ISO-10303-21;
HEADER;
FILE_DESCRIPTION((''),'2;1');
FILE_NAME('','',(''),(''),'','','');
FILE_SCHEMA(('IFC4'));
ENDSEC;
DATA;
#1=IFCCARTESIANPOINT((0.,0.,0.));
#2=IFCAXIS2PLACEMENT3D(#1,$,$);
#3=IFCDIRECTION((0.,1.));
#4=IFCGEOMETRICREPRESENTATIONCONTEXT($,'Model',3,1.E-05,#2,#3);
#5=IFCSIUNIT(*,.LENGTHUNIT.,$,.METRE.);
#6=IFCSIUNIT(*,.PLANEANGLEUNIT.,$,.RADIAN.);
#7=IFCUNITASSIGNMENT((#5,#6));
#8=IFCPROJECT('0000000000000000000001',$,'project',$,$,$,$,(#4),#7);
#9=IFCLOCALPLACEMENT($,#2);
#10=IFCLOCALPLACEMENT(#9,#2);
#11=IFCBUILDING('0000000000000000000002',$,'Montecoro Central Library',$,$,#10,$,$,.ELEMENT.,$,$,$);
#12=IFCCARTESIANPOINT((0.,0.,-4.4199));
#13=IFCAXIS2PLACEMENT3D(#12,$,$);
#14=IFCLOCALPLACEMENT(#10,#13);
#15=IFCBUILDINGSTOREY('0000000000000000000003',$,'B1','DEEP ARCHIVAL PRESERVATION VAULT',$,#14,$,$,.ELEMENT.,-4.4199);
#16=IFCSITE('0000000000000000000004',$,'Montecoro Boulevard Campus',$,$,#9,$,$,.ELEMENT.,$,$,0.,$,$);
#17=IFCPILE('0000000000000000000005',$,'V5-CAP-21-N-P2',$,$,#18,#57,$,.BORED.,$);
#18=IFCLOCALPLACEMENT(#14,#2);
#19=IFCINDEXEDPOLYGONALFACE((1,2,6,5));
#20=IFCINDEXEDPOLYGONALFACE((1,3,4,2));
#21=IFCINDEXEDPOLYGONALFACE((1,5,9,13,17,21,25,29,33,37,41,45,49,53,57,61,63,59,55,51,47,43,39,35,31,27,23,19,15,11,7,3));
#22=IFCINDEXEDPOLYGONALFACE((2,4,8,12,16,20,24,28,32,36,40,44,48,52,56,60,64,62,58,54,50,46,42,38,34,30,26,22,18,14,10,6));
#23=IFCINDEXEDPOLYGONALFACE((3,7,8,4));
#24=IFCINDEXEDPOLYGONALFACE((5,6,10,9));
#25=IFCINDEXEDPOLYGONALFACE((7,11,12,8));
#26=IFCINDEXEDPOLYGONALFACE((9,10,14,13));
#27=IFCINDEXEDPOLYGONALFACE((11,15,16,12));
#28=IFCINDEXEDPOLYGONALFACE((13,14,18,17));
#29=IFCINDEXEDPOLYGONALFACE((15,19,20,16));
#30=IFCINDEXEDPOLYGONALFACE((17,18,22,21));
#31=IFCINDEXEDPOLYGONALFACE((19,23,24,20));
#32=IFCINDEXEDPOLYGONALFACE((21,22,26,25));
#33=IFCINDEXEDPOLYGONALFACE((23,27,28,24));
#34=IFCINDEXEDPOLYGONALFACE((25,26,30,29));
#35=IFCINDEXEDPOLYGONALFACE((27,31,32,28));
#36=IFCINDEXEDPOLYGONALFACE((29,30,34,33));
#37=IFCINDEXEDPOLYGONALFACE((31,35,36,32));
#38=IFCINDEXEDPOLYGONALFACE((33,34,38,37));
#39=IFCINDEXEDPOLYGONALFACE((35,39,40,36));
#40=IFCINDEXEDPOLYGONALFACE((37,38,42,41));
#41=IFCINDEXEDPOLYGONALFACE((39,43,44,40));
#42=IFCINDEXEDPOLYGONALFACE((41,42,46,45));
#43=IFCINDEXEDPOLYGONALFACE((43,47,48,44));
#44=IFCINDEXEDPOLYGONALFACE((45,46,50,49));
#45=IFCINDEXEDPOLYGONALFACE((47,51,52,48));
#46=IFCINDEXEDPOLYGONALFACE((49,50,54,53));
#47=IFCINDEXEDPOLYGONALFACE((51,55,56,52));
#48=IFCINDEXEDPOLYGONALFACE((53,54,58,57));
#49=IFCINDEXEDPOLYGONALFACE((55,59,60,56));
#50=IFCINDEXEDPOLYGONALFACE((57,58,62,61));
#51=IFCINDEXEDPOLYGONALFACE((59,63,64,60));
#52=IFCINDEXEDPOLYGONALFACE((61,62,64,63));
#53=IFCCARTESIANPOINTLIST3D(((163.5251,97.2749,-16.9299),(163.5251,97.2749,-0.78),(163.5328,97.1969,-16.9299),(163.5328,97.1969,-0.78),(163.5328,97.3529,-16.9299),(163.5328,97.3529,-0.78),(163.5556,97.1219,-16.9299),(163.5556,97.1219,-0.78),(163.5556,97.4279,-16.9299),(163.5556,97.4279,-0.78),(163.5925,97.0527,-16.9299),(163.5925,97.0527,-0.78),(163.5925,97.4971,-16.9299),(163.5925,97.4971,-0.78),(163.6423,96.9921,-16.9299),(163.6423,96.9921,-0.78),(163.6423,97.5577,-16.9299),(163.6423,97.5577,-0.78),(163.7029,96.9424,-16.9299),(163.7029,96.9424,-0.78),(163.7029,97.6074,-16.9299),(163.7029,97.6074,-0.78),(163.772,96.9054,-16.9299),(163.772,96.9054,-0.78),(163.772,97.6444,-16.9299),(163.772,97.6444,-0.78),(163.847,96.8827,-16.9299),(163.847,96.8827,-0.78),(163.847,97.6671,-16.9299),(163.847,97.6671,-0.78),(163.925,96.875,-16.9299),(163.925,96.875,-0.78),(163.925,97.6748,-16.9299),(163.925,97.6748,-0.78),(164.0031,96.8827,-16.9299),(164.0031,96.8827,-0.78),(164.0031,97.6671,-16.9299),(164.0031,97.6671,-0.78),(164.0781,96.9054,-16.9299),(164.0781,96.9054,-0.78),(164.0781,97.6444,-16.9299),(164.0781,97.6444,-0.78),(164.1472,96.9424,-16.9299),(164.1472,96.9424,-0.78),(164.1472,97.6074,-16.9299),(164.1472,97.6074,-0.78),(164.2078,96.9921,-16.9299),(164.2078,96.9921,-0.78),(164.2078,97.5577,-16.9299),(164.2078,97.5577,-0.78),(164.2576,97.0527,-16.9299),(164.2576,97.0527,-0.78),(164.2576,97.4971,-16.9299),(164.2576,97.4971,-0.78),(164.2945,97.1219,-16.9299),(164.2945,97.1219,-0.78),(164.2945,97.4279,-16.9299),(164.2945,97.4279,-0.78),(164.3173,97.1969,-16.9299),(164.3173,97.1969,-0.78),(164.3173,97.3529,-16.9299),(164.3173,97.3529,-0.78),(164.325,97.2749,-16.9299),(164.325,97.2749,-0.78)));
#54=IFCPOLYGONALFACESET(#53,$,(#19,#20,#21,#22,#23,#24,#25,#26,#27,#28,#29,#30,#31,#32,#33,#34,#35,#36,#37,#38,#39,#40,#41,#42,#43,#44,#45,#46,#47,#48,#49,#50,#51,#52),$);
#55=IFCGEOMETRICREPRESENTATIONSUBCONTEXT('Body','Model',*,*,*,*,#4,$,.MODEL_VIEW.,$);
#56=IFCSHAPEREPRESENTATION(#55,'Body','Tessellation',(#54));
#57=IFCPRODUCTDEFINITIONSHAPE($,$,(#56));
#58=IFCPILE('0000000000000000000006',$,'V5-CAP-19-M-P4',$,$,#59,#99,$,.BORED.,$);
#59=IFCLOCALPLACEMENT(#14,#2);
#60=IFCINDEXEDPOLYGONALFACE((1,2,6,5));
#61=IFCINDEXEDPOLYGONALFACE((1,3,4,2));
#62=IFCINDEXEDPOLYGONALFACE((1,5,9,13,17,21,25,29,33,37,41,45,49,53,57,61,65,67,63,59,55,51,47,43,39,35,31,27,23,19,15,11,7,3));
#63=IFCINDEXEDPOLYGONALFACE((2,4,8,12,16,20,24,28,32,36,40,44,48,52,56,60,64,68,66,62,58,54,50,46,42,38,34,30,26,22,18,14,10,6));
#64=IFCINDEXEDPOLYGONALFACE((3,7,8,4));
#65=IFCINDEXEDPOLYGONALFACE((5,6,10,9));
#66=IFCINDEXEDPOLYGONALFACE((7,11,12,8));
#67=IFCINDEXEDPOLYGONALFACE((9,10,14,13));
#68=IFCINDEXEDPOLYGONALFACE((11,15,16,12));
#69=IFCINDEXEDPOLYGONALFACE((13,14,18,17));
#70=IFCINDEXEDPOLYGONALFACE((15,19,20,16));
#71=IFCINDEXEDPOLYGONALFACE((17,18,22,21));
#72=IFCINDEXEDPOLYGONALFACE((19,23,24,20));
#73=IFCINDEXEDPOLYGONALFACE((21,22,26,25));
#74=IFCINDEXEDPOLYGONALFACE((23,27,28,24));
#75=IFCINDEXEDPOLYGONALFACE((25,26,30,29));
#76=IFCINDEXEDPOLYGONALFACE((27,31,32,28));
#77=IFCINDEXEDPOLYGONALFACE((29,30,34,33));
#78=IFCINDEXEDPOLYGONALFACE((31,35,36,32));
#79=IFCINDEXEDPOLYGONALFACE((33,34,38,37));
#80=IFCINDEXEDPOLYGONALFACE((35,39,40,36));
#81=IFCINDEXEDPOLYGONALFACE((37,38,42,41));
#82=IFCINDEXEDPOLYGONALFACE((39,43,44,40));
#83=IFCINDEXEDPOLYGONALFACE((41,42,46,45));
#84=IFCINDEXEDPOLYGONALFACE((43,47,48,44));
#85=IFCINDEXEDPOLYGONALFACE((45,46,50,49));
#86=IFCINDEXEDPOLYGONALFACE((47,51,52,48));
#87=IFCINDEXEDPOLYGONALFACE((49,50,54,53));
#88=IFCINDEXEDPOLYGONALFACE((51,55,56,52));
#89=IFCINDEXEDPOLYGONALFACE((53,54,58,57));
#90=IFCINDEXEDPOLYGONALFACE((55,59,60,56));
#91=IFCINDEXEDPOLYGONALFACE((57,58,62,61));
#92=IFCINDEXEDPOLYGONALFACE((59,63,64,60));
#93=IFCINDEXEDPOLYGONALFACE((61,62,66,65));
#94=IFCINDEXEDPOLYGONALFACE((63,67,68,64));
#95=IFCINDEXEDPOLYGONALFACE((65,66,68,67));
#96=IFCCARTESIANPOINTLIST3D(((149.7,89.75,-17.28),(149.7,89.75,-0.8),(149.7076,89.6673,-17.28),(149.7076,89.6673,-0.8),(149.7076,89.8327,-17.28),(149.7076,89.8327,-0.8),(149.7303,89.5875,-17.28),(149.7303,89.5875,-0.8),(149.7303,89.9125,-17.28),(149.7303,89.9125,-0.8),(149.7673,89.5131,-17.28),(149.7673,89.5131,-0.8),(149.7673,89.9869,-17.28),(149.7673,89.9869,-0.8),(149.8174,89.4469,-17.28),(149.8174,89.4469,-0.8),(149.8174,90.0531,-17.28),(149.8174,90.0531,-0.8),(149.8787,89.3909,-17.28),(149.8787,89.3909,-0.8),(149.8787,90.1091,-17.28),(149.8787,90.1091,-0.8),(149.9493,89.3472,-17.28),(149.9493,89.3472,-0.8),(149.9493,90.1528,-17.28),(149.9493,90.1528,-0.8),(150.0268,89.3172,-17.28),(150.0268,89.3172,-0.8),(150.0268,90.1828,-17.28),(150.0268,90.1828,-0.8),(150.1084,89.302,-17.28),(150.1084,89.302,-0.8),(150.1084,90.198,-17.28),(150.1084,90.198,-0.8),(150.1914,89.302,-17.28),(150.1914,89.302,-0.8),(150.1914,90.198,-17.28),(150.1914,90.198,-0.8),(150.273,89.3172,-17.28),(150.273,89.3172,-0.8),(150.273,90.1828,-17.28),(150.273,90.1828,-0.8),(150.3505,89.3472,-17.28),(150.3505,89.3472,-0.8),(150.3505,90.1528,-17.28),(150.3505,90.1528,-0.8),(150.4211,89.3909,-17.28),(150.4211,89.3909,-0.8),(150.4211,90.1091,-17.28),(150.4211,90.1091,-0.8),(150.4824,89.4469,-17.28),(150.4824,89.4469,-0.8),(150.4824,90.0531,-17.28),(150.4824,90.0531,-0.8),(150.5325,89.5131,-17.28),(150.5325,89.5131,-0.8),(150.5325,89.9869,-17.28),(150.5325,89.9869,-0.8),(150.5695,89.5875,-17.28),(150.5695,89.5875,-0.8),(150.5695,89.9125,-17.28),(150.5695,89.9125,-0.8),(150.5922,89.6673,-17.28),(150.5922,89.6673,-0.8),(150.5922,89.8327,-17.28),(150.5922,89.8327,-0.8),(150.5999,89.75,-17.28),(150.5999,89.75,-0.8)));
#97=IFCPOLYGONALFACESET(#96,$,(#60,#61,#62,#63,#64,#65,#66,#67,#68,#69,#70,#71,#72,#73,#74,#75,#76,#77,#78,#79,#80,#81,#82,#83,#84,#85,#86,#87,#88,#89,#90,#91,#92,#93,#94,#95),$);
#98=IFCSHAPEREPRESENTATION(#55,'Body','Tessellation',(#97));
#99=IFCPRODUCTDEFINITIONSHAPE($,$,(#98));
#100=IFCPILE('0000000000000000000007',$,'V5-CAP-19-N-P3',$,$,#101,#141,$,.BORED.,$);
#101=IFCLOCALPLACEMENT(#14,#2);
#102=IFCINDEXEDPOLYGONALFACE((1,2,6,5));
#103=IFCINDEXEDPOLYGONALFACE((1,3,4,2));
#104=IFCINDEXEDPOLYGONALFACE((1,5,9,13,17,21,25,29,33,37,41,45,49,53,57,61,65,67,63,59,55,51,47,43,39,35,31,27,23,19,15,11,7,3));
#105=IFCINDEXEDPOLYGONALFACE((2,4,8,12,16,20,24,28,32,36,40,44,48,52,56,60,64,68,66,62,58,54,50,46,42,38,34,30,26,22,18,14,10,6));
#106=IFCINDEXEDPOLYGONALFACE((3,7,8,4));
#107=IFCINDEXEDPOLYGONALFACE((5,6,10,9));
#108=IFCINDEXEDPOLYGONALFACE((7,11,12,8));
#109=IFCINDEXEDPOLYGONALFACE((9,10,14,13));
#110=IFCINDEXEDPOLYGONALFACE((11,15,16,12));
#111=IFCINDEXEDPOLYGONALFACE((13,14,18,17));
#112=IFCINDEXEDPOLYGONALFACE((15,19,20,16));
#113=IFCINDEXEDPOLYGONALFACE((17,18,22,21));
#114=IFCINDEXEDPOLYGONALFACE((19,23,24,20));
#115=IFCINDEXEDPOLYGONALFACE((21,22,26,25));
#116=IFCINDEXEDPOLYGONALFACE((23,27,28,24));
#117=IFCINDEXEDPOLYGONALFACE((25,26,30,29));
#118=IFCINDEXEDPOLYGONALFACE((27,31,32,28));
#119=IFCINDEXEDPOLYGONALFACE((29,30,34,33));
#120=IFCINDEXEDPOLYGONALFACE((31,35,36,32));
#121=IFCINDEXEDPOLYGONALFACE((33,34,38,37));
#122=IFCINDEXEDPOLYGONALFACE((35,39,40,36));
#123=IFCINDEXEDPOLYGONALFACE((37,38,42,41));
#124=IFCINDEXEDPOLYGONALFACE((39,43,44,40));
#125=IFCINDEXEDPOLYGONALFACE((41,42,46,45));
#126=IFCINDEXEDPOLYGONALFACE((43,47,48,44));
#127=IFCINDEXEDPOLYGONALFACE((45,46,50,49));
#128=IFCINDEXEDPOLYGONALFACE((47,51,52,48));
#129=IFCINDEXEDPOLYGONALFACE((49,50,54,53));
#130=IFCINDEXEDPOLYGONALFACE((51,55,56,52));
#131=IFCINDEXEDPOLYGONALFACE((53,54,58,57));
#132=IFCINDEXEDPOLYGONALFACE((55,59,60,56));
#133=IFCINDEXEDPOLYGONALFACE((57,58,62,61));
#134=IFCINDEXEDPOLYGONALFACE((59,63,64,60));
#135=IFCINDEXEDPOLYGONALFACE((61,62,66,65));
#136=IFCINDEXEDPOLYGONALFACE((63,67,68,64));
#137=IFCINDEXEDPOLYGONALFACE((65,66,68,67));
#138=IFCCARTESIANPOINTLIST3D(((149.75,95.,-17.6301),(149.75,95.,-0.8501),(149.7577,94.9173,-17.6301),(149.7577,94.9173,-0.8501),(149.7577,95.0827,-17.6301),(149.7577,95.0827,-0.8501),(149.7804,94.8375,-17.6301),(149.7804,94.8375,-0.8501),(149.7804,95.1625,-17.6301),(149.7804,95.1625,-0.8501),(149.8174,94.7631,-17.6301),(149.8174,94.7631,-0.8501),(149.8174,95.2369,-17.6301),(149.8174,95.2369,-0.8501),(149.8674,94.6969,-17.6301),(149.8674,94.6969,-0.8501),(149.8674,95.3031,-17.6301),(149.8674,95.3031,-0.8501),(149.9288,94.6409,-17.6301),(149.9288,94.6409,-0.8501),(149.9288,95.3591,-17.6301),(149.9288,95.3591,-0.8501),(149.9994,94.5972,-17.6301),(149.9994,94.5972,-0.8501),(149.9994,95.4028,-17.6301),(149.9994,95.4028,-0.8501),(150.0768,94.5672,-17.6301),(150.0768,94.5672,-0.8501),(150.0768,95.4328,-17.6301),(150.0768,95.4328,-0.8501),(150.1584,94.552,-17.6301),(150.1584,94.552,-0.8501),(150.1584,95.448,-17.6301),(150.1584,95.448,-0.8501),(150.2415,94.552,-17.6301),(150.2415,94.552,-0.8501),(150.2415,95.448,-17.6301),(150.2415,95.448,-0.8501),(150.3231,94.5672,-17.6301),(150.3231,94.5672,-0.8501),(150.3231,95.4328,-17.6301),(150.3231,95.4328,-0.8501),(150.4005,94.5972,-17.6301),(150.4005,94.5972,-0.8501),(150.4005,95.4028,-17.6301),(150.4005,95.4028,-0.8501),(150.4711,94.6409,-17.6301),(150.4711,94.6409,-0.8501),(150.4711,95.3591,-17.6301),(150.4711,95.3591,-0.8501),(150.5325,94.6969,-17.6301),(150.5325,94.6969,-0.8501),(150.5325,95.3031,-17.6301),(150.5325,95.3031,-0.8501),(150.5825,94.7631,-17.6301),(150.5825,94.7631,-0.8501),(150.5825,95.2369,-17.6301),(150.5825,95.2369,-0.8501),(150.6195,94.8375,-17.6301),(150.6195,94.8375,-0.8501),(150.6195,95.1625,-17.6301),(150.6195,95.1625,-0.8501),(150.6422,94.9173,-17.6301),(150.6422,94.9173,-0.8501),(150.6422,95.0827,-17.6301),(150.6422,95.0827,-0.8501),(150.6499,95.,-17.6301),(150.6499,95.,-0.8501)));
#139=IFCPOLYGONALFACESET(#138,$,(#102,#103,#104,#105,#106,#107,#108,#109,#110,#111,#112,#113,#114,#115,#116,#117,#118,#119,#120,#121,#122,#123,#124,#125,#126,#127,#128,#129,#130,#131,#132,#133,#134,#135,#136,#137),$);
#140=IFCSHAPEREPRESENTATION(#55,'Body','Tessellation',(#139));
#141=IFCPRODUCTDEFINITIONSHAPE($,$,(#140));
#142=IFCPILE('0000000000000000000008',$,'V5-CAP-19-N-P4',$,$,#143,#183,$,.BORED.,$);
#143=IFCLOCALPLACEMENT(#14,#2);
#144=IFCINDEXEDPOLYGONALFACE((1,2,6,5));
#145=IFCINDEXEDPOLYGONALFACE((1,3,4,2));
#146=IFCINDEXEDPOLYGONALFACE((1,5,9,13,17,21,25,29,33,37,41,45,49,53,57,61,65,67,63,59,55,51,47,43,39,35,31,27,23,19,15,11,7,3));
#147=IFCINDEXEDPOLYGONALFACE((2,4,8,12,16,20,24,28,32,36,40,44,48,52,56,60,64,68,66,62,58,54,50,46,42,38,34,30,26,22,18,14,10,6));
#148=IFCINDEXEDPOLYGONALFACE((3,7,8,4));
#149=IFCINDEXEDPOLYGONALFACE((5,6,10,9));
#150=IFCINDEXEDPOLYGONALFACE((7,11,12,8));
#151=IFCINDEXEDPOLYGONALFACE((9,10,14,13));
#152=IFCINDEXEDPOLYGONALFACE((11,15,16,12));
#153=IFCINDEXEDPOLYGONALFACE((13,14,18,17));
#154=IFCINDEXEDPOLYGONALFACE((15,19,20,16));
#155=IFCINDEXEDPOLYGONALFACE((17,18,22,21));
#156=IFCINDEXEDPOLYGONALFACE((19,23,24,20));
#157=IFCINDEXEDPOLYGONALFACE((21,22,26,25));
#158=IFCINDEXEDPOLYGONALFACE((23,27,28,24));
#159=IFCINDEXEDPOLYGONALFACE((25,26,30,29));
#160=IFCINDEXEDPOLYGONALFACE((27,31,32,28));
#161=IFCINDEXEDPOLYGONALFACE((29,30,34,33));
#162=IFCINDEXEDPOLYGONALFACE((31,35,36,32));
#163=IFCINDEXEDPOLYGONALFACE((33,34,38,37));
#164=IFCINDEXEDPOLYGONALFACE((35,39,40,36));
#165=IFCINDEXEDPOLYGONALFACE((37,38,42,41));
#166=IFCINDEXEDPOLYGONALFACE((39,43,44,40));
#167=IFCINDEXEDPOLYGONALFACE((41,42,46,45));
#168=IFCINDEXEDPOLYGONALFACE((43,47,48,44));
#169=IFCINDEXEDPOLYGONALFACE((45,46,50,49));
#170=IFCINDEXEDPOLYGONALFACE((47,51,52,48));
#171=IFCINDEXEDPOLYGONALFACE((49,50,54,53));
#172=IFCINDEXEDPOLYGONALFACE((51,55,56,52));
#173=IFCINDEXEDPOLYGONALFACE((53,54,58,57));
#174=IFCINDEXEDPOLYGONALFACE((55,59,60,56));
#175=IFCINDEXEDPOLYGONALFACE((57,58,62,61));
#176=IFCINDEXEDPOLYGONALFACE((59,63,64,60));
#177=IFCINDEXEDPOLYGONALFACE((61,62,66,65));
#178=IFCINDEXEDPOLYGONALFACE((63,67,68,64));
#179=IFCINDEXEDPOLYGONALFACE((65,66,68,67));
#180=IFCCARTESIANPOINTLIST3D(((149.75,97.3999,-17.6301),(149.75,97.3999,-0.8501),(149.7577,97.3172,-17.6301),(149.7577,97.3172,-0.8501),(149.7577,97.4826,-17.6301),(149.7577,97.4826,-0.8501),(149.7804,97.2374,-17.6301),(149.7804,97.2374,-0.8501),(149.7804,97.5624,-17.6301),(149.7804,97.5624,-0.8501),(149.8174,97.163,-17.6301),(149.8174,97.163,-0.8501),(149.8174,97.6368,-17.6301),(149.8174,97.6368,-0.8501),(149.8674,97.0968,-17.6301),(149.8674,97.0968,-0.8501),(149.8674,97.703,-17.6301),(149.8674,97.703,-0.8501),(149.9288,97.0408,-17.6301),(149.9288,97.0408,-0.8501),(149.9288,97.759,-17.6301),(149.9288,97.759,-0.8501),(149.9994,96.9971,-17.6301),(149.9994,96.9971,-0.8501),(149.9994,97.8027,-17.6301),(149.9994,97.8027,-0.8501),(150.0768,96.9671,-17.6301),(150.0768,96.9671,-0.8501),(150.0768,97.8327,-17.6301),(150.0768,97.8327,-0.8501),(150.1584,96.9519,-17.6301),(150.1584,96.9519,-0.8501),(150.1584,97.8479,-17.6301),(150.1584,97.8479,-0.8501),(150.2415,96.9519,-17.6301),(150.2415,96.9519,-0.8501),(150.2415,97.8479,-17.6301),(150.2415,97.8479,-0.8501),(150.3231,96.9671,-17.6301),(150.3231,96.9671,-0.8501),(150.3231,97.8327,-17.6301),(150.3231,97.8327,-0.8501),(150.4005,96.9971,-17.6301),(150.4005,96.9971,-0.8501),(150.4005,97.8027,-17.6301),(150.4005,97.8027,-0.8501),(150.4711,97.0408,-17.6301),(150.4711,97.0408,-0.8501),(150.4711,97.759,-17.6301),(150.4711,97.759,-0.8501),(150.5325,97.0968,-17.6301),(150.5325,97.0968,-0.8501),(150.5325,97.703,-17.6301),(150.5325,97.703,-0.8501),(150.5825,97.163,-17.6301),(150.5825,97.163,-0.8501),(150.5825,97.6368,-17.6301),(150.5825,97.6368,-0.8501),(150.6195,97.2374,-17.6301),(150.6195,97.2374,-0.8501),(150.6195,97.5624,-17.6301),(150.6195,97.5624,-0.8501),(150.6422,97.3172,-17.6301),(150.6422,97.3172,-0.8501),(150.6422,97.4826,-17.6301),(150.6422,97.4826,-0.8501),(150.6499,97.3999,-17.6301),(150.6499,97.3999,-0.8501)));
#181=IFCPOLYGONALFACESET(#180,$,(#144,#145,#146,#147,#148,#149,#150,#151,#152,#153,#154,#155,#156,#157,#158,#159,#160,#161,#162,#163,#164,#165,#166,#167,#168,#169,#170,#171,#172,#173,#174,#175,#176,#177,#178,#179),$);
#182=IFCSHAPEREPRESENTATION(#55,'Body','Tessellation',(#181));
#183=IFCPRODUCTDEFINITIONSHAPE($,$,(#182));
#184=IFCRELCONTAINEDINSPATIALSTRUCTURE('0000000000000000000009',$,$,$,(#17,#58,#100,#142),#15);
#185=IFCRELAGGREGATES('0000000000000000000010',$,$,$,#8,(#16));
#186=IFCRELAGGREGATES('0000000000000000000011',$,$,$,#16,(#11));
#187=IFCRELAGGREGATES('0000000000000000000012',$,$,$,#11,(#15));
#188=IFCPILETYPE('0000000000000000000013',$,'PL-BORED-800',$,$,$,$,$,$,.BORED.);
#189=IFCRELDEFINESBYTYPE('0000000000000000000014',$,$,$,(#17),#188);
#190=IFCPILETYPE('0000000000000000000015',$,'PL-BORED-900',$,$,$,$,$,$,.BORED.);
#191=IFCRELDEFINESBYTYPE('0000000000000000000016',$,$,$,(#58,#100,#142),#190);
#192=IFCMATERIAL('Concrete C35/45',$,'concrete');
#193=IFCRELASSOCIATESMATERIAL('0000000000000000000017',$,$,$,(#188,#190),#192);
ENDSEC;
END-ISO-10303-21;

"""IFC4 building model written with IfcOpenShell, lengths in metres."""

from ifc_helpers import new_model, si_unit, direction, frame, origin, origin_2d, place, context, subcontext, project, spatial, circle, extrude, material, material_profile, profile_set, type_object, element, save


model = new_model("IFC4")

# Units and contexts
model_context = context("Model", 3, precision=1e-05, world=origin(), true_north=direction((0.0, 1.0)))
body_context = subcontext(model_context, "Body", "Model", "MODEL_VIEW")
ifc_project = project(units=[si_unit("LENGTHUNIT", "METRE"), si_unit("PLANEANGLEUNIT", "RADIAN")], contexts=[model_context])

# Site, building, storey
site_placement = place(None, origin())
site = spatial("IfcSite", under=ifc_project, at=site_placement, Name="Montecoro Boulevard Campus", CompositionType="ELEMENT", RefElevation=0.0)
building_placement = place(site_placement, origin())
building = spatial("IfcBuilding", under=site, at=building_placement, Name="Montecoro Central Library", CompositionType="ELEMENT")
storey_placement = place(building_placement, frame((0.0, 0.0, -4.4199)))
storey = spatial("IfcBuildingStorey", under=building, at=storey_placement, Name="B1", Description="DEEP ARCHIVAL PRESERVATION VAULT", CompositionType="ELEMENT", Elevation=-4.4199)

# Shared definitions
ifc_material_1 = material(Name="Concrete C35/45", Category="concrete")

# Piles
ifc_material_profile_1 = material_profile(ifc_material_1, circle(Radius=0.3999, at=origin_2d()), Name="PILE D800")
ifc_profile_set_1 = profile_set([ifc_material_profile_1], Name="Concrete C35/45")
pile_type_1 = type_object("IfcPileType", Name="PL-BORED-800", PredefinedType="BORED", material=ifc_profile_set_1)
for number, where, z_axis, x_axis, name in (
    (1, (163.925, 97.2749, -0.78), (0.0, 0.0, -1.0), (1.0, 0.0, 0.0), "V5-CAP-21-N-P2"),
):
    element("IfcPile", number, at=place(storey_placement, frame(where, z_axis=z_axis, x_axis=x_axis)), inside=storey, type_object=pile_type_1, Name=name, PredefinedType="BORED", context=body_context, shape_type="SweptSolid", body=[
        extrude(circle(Radius=0.3999, at=origin_2d()), origin(), (0.0, 0.0, 1.0), 16.1499),
    ])
ifc_material_profile_2 = material_profile(ifc_material_1, circle(Radius=0.45, at=origin_2d()), Name="PILE D900")
ifc_profile_set_2 = profile_set([ifc_material_profile_2], Name="Concrete C35/45")
pile_type_2 = type_object("IfcPileType", Name="PL-BORED-900", PredefinedType="BORED", material=ifc_profile_set_2)
pile_1_placement = place(storey_placement, frame((150.1499, 89.75, -0.8), z_axis=(0.0, 0.0, -1.0), x_axis=(1.0, 0.0, 0.0)))
element("IfcPile", 2, at=pile_1_placement, inside=storey, type_object=pile_type_2, Name="V5-CAP-19-M-P4", PredefinedType="BORED", context=body_context, shape_type="SweptSolid", body=[
    extrude(circle(Radius=0.45, at=origin_2d()), origin(), (0.0, 0.0, 1.0), 16.48),
])
for number, where, z_axis, x_axis, name in (
    (3, (150.2, 95.0, -0.8501), (0.0, 0.0, -1.0), (1.0, 0.0, 0.0), "V5-CAP-19-N-P3"),
    (4, (150.2, 97.3999, -0.8501), (0.0, 0.0, -1.0), (1.0, 0.0, 0.0), "V5-CAP-19-N-P4"),
):
    element("IfcPile", number, at=place(storey_placement, frame(where, z_axis=z_axis, x_axis=x_axis)), inside=storey, type_object=pile_type_2, Name=name, PredefinedType="BORED", context=body_context, shape_type="SweptSolid", body=[
        extrude(circle(Radius=0.45, at=origin_2d()), origin(), (0.0, 0.0, 1.0), 16.78),
    ])

save(model, "model.ifc")
